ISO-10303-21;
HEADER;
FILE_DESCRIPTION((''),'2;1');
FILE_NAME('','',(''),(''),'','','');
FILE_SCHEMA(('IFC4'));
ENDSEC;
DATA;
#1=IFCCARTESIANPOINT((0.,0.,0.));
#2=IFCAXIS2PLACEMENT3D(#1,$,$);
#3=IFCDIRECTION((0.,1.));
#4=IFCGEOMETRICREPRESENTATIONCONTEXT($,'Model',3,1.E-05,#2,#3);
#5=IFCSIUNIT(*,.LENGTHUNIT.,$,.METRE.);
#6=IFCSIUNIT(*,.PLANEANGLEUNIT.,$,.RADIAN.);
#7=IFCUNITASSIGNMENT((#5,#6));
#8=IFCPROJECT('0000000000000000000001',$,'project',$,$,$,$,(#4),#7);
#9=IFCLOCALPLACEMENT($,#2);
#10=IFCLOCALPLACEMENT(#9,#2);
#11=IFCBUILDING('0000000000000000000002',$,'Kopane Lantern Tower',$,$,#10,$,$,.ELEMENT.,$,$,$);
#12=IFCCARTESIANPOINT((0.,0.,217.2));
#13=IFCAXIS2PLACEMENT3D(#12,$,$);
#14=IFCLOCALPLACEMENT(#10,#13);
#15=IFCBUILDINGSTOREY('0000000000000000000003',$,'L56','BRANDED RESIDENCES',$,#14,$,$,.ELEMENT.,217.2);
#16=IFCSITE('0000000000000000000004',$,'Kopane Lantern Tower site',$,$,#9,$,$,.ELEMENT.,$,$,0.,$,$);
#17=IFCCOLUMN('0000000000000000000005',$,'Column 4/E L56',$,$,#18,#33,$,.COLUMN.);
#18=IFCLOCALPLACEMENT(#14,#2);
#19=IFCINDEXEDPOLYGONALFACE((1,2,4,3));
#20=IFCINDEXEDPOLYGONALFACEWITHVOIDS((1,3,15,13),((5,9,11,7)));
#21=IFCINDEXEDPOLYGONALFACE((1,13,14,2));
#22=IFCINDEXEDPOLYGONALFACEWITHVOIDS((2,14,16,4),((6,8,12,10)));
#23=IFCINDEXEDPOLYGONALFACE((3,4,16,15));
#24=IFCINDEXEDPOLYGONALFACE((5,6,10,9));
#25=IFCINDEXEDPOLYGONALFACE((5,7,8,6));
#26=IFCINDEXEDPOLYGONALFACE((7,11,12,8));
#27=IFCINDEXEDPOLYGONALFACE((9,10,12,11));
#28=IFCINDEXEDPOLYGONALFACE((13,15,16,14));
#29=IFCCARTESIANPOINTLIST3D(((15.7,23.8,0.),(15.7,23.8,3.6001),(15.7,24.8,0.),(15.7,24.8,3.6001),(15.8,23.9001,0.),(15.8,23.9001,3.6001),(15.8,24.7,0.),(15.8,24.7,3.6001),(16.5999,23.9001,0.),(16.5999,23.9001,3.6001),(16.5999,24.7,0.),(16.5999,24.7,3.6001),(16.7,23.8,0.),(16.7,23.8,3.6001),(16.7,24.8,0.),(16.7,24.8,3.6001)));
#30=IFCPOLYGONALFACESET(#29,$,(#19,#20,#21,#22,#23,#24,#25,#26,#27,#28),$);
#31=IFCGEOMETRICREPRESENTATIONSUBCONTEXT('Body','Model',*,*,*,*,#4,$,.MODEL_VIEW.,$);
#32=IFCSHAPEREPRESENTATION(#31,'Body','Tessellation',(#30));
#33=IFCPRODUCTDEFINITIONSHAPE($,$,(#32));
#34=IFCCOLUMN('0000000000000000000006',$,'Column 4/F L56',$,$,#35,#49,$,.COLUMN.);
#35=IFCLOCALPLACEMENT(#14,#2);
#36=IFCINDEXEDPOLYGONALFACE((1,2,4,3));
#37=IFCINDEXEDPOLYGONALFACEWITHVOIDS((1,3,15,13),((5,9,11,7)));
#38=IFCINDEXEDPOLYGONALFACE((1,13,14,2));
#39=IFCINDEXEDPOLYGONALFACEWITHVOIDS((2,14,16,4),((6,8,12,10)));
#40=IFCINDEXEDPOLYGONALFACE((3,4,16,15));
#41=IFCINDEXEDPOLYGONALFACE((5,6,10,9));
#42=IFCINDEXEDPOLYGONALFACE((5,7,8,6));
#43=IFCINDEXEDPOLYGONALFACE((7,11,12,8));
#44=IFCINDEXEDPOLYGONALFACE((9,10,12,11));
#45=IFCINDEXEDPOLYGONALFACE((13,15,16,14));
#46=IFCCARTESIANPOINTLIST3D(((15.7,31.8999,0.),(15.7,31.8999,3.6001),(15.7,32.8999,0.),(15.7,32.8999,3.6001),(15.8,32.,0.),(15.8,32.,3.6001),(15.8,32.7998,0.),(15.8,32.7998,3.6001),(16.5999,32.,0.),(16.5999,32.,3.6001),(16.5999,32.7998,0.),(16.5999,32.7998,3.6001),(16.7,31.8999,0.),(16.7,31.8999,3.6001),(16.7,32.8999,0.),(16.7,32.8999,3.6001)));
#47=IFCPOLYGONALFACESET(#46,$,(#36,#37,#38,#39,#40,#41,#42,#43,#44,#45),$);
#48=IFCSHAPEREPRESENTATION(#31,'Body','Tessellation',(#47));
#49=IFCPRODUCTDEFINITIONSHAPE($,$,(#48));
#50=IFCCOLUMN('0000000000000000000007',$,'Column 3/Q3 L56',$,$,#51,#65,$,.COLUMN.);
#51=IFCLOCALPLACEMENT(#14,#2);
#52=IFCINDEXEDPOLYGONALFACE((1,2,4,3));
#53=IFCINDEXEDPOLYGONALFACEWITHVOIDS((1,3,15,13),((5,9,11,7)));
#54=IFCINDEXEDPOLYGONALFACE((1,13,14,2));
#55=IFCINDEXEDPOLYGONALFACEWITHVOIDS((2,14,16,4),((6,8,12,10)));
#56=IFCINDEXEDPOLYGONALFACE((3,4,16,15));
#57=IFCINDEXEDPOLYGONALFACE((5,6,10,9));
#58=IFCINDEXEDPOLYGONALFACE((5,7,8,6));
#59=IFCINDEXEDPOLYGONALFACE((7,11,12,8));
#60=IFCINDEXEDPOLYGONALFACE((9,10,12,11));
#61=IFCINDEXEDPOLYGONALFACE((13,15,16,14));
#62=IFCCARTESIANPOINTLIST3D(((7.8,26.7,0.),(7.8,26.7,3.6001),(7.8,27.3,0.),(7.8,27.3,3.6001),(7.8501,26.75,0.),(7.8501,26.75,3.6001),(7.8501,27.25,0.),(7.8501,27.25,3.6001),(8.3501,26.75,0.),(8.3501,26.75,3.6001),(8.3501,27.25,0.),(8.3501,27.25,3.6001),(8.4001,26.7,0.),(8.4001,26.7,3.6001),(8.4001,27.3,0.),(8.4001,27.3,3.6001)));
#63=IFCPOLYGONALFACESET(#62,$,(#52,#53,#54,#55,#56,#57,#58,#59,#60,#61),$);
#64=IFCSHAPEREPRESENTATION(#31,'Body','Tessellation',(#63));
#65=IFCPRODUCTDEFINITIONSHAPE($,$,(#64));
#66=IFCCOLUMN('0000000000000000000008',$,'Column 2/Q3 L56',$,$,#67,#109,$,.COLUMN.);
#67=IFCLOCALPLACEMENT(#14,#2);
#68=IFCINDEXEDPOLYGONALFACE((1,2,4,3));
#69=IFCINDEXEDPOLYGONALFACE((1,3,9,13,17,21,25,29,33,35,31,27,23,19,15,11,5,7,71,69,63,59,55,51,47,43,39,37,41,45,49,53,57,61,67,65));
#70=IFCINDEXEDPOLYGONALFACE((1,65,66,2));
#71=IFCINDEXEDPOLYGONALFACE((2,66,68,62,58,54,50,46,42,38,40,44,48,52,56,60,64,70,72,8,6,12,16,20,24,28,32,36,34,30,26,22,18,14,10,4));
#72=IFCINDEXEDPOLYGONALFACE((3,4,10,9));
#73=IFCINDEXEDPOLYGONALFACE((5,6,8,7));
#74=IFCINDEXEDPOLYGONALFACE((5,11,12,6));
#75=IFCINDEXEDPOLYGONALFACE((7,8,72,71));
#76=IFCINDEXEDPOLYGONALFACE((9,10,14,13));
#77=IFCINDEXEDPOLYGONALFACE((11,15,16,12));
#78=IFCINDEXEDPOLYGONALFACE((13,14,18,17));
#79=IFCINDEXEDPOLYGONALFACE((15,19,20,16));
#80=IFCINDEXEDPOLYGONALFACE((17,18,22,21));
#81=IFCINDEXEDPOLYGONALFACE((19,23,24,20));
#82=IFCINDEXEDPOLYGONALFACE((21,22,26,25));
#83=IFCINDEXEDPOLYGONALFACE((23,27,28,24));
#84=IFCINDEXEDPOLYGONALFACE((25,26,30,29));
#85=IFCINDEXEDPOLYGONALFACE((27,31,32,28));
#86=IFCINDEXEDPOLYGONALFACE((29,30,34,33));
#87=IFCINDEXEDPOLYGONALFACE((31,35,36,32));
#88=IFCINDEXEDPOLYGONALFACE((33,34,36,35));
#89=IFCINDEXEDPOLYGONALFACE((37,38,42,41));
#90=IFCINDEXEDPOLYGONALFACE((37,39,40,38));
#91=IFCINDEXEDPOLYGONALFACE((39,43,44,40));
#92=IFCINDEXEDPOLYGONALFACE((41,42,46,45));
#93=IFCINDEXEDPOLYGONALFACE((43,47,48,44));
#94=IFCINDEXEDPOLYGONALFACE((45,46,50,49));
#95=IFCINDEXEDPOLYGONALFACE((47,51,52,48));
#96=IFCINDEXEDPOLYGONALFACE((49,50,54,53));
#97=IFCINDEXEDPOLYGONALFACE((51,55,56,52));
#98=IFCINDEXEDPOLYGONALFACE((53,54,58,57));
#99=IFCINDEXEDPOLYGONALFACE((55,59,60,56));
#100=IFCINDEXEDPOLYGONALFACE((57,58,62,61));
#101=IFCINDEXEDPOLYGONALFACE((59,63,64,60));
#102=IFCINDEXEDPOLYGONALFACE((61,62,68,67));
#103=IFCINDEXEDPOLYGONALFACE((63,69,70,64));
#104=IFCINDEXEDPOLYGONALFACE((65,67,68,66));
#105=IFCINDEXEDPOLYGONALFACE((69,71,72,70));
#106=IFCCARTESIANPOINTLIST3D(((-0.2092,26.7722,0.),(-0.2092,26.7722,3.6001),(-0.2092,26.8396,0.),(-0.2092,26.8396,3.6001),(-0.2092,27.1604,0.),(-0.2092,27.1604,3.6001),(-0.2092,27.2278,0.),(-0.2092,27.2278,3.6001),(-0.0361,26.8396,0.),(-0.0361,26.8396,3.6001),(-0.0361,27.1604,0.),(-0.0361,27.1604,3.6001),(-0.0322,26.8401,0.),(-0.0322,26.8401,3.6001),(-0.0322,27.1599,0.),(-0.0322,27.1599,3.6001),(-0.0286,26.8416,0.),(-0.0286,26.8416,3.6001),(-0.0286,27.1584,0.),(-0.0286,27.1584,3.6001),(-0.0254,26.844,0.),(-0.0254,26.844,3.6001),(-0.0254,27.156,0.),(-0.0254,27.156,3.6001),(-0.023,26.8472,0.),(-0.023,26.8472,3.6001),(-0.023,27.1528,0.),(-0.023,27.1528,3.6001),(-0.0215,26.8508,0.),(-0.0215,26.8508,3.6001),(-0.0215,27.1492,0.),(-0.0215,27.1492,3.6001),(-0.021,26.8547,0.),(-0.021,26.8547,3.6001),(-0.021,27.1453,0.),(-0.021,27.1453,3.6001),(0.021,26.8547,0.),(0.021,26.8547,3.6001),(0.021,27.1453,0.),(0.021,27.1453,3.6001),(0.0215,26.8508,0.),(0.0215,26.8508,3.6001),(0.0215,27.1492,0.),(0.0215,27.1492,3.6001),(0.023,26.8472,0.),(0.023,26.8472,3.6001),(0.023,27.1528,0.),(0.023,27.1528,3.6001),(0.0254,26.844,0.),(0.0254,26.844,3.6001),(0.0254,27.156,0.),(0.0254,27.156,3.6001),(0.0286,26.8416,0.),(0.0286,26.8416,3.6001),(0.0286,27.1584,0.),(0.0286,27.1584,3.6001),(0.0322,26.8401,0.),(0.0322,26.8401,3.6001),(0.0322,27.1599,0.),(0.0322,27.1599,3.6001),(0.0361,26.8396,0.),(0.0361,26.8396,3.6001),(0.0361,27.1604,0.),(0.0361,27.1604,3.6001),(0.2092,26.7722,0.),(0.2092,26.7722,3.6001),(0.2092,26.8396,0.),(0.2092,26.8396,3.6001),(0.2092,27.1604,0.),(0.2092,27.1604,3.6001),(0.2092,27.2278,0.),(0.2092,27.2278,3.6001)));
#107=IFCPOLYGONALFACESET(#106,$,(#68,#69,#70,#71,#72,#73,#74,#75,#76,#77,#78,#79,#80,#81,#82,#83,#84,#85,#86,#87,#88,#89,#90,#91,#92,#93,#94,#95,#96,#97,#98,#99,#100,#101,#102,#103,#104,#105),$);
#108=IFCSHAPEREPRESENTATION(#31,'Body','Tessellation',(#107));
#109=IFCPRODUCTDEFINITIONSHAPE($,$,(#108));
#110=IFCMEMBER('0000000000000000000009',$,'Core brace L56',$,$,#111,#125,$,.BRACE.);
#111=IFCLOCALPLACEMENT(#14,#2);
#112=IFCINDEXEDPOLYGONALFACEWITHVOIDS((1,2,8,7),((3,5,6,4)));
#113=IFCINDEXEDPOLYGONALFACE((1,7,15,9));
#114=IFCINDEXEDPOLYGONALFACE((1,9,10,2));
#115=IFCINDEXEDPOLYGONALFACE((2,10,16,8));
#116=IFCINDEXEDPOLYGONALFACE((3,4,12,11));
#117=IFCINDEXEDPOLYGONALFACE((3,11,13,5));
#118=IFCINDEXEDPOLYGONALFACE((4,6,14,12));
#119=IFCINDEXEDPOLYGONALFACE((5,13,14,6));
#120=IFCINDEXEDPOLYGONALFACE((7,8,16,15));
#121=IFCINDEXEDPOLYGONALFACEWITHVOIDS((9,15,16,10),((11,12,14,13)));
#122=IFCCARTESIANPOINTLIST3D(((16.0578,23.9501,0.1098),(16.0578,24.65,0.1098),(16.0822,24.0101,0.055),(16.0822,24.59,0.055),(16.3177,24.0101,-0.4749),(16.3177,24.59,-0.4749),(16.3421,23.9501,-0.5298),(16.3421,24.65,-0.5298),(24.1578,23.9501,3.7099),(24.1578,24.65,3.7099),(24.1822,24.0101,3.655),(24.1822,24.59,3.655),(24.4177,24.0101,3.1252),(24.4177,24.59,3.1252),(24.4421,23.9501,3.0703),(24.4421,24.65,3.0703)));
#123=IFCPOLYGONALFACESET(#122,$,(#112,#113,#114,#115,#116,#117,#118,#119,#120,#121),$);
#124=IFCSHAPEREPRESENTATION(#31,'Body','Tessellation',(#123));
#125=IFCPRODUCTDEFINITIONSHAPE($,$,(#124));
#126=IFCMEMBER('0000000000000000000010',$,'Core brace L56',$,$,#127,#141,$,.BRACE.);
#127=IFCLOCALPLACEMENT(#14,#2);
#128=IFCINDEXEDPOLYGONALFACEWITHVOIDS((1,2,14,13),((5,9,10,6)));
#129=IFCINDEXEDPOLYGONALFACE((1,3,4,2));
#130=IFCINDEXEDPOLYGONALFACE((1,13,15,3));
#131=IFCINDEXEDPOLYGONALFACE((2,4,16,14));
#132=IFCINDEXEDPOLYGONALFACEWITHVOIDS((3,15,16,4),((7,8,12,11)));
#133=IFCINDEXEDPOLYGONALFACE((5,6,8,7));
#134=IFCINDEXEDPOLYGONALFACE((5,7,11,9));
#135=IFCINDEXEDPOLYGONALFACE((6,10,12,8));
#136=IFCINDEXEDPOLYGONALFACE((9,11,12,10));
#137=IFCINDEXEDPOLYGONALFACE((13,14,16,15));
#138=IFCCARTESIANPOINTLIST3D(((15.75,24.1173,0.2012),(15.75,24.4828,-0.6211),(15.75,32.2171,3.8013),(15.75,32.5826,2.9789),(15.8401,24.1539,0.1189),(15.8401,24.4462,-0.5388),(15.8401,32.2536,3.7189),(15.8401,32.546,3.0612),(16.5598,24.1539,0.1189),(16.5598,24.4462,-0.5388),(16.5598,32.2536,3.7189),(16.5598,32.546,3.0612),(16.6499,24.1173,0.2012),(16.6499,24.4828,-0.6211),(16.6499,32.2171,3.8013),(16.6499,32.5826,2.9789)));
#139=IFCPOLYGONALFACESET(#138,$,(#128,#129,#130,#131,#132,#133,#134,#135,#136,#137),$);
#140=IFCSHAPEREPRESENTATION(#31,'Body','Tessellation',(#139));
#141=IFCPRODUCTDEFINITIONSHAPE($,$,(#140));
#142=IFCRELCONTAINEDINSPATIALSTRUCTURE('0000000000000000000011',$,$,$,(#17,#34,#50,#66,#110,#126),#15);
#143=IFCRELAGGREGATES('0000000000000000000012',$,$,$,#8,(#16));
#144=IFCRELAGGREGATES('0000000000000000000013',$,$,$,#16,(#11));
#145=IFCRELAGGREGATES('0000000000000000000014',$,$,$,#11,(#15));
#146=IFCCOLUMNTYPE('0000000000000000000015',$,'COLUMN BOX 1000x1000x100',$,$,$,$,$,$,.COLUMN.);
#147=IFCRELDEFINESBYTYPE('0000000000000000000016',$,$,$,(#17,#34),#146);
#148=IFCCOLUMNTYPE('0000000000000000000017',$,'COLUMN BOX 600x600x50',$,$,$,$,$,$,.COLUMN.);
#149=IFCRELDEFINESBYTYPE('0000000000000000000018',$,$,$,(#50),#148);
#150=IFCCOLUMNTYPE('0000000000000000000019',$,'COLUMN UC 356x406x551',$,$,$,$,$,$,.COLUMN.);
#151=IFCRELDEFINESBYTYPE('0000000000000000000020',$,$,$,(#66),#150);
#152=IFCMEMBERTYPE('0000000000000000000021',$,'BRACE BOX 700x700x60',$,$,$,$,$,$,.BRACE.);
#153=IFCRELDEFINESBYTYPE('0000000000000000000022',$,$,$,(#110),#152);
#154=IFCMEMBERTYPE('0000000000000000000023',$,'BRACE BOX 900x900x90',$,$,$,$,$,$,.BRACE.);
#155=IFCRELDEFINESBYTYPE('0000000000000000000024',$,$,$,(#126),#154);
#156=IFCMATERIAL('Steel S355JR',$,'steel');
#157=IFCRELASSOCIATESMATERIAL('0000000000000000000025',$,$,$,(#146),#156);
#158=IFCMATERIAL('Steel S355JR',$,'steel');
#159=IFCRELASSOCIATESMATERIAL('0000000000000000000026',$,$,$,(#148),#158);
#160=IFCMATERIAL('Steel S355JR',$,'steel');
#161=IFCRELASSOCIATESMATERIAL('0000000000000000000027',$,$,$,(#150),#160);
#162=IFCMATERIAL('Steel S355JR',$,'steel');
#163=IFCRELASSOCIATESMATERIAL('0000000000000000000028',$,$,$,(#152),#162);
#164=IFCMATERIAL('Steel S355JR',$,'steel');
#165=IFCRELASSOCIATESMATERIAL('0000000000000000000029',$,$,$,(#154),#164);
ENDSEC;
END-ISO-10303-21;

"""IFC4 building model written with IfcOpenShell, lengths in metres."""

from ifc_helpers import new_model, si_unit, direction, frame, origin, origin_2d, place, context, subcontext, project, spatial, hollow_rectangle, i_section, extrude, material, material_profile, profile_set, type_object, element, save


model = new_model("IFC4")

# Units and contexts
model_context = context("Model", 3, precision=1e-05, world=origin(), true_north=direction((0.0, 1.0)))
body_context = subcontext(model_context, "Body", "Model", "MODEL_VIEW")
ifc_project = project(units=[si_unit("LENGTHUNIT", "METRE"), si_unit("PLANEANGLEUNIT", "RADIAN")], contexts=[model_context])

# Site, building, storey
site_placement = place(None, origin())
site = spatial("IfcSite", under=ifc_project, at=site_placement, Name="Kopane Lantern Tower site", CompositionType="ELEMENT", RefElevation=0.0)
building_placement = place(site_placement, origin())
building = spatial("IfcBuilding", under=site, at=building_placement, Name="Kopane Lantern Tower", CompositionType="ELEMENT")
storey_placement = place(building_placement, frame((0.0, 0.0, 217.2)))
storey = spatial("IfcBuildingStorey", under=building, at=storey_placement, Name="L56", Description="BRANDED RESIDENCES", CompositionType="ELEMENT", Elevation=217.2)

# Columns
ifc_material_1 = material(Name="Steel S355JR", Category="steel")
ifc_material_profile_1 = material_profile(ifc_material_1, hollow_rectangle(XDim=1.0, YDim=1.0, WallThickness=0.1001, at=origin_2d()), Name="BOX 1000x1000x100")
ifc_profile_set_1 = profile_set([ifc_material_profile_1], Name="Steel S355JR")
column_type_1 = type_object("IfcColumnType", Name="COLUMN BOX 1000x1000x100", PredefinedType="COLUMN", material=ifc_profile_set_1)
for number, where, z_axis, x_axis, name in (
    (1, (16.2, 24.3, 0.0), (0.0, 0.0, 1.0), (1.0, 0.0, 0.0), "Column 4/E L56"),
    (2, (16.2, 32.3999, 0.0), (0.0, 0.0, 1.0), (1.0, 0.0, 0.0), "Column 4/F L56"),
):
    element("IfcColumn", number, at=place(storey_placement, frame(where, z_axis=z_axis, x_axis=x_axis)), inside=storey, type_object=column_type_1, Name=name, PredefinedType="COLUMN", context=body_context, shape_type="SweptSolid", body=[
        extrude(hollow_rectangle(XDim=1.0, YDim=1.0, WallThickness=0.1001, at=origin_2d()), origin(), (0.0, 0.0, 1.0), 3.6001),
    ])
ifc_material_2 = material(Name="Steel S355JR", Category="steel")
ifc_material_profile_2 = material_profile(ifc_material_2, hollow_rectangle(XDim=0.6001, YDim=0.6001, WallThickness=0.05, at=origin_2d()), Name="BOX 600x600x50")
ifc_profile_set_2 = profile_set([ifc_material_profile_2], Name="Steel S355JR")
column_type_2 = type_object("IfcColumnType", Name="COLUMN BOX 600x600x50", PredefinedType="COLUMN", material=ifc_profile_set_2)
column_1_placement = place(storey_placement, frame((8.1001, 27.0, 0.0), z_axis=(0.0, 0.0, 1.0), x_axis=(1.0, 0.0, 0.0)))
element("IfcColumn", 3, at=column_1_placement, inside=storey, type_object=column_type_2, Name="Column 3/Q3 L56", PredefinedType="COLUMN", context=body_context, shape_type="SweptSolid", body=[
    extrude(hollow_rectangle(XDim=0.6001, YDim=0.6001, WallThickness=0.05, at=origin_2d()), origin(), (0.0, 0.0, 1.0), 3.6001),
])
ifc_material_3 = material(Name="Steel S355JR", Category="steel")
ifc_material_profile_3 = material_profile(ifc_material_3, i_section(OverallWidth=0.4185, OverallDepth=0.4556, WebThickness=0.042, FlangeThickness=0.0674, FilletRadius=0.0151, at=origin_2d()), Name="UC 356x406x551")
ifc_profile_set_3 = profile_set([ifc_material_profile_3], Name="Steel S355JR")
column_type_3 = type_object("IfcColumnType", Name="COLUMN UC 356x406x551", PredefinedType="COLUMN", material=ifc_profile_set_3)
column_2_placement = place(storey_placement, frame((0.0, 27.0, 0.0), z_axis=(0.0, 0.0, 1.0), x_axis=(1.0, 0.0, 0.0)))
element("IfcColumn", 4, at=column_2_placement, inside=storey, type_object=column_type_3, Name="Column 2/Q3 L56", PredefinedType="COLUMN", context=body_context, shape_type="SweptSolid", body=[
    extrude(i_section(OverallWidth=0.4185, OverallDepth=0.4556, WebThickness=0.042, FlangeThickness=0.0674, FilletRadius=0.0151, at=origin_2d()), origin(), (0.0, 0.0, 1.0), 3.6001),
])

# Members
ifc_material_4 = material(Name="Steel S355JR", Category="steel")
ifc_material_profile_4 = material_profile(ifc_material_4, hollow_rectangle(XDim=0.7, YDim=0.7, WallThickness=0.0601, at=origin_2d()), Name="BOX 700x700x60")
ifc_profile_set_4 = profile_set([ifc_material_profile_4], Name="Steel S355JR")
member_type_1 = type_object("IfcMemberType", Name="BRACE BOX 700x700x60", PredefinedType="BRACE", material=ifc_profile_set_4)
member_1_placement = place(storey_placement, frame((16.2, 24.3, -0.21), z_axis=(0.913809, 0.0, 0.406144), x_axis=(0.0, 1.0, 0.0)))
element("IfcMember", 5, at=member_1_placement, inside=storey, type_object=member_type_1, Name="Core brace L56", PredefinedType="BRACE", context=body_context, shape_type="SweptSolid", body=[
    extrude(hollow_rectangle(XDim=0.7, YDim=0.7, WallThickness=0.0601, at=origin_2d()), origin(), (0.0, 0.0, 1.0), 8.864),
])
ifc_material_5 = material(Name="Steel S355JR", Category="steel")
ifc_material_profile_5 = material_profile(ifc_material_5, hollow_rectangle(XDim=0.8999, YDim=0.8999, WallThickness=0.0901, at=origin_2d()), Name="BOX 900x900x90")
ifc_profile_set_5 = profile_set([ifc_material_profile_5], Name="Steel S355JR")
member_type_2 = type_object("IfcMemberType", Name="BRACE BOX 900x900x90", PredefinedType="BRACE", material=ifc_profile_set_5)
member_2_placement = place(storey_placement, frame((16.2, 24.3, -0.21), z_axis=(0.0, 0.913805, 0.406154), x_axis=(-1.0, 0.0, 0.0)))
element("IfcMember", 6, at=member_2_placement, inside=storey, type_object=member_type_2, Name="Core brace L56", PredefinedType="BRACE", context=body_context, shape_type="SweptSolid", body=[
    extrude(hollow_rectangle(XDim=0.8999, YDim=0.8999, WallThickness=0.0901, at=origin_2d()), origin(), (0.0, 0.0, 1.0), 8.8638),
])

save(model, "model.ifc")
